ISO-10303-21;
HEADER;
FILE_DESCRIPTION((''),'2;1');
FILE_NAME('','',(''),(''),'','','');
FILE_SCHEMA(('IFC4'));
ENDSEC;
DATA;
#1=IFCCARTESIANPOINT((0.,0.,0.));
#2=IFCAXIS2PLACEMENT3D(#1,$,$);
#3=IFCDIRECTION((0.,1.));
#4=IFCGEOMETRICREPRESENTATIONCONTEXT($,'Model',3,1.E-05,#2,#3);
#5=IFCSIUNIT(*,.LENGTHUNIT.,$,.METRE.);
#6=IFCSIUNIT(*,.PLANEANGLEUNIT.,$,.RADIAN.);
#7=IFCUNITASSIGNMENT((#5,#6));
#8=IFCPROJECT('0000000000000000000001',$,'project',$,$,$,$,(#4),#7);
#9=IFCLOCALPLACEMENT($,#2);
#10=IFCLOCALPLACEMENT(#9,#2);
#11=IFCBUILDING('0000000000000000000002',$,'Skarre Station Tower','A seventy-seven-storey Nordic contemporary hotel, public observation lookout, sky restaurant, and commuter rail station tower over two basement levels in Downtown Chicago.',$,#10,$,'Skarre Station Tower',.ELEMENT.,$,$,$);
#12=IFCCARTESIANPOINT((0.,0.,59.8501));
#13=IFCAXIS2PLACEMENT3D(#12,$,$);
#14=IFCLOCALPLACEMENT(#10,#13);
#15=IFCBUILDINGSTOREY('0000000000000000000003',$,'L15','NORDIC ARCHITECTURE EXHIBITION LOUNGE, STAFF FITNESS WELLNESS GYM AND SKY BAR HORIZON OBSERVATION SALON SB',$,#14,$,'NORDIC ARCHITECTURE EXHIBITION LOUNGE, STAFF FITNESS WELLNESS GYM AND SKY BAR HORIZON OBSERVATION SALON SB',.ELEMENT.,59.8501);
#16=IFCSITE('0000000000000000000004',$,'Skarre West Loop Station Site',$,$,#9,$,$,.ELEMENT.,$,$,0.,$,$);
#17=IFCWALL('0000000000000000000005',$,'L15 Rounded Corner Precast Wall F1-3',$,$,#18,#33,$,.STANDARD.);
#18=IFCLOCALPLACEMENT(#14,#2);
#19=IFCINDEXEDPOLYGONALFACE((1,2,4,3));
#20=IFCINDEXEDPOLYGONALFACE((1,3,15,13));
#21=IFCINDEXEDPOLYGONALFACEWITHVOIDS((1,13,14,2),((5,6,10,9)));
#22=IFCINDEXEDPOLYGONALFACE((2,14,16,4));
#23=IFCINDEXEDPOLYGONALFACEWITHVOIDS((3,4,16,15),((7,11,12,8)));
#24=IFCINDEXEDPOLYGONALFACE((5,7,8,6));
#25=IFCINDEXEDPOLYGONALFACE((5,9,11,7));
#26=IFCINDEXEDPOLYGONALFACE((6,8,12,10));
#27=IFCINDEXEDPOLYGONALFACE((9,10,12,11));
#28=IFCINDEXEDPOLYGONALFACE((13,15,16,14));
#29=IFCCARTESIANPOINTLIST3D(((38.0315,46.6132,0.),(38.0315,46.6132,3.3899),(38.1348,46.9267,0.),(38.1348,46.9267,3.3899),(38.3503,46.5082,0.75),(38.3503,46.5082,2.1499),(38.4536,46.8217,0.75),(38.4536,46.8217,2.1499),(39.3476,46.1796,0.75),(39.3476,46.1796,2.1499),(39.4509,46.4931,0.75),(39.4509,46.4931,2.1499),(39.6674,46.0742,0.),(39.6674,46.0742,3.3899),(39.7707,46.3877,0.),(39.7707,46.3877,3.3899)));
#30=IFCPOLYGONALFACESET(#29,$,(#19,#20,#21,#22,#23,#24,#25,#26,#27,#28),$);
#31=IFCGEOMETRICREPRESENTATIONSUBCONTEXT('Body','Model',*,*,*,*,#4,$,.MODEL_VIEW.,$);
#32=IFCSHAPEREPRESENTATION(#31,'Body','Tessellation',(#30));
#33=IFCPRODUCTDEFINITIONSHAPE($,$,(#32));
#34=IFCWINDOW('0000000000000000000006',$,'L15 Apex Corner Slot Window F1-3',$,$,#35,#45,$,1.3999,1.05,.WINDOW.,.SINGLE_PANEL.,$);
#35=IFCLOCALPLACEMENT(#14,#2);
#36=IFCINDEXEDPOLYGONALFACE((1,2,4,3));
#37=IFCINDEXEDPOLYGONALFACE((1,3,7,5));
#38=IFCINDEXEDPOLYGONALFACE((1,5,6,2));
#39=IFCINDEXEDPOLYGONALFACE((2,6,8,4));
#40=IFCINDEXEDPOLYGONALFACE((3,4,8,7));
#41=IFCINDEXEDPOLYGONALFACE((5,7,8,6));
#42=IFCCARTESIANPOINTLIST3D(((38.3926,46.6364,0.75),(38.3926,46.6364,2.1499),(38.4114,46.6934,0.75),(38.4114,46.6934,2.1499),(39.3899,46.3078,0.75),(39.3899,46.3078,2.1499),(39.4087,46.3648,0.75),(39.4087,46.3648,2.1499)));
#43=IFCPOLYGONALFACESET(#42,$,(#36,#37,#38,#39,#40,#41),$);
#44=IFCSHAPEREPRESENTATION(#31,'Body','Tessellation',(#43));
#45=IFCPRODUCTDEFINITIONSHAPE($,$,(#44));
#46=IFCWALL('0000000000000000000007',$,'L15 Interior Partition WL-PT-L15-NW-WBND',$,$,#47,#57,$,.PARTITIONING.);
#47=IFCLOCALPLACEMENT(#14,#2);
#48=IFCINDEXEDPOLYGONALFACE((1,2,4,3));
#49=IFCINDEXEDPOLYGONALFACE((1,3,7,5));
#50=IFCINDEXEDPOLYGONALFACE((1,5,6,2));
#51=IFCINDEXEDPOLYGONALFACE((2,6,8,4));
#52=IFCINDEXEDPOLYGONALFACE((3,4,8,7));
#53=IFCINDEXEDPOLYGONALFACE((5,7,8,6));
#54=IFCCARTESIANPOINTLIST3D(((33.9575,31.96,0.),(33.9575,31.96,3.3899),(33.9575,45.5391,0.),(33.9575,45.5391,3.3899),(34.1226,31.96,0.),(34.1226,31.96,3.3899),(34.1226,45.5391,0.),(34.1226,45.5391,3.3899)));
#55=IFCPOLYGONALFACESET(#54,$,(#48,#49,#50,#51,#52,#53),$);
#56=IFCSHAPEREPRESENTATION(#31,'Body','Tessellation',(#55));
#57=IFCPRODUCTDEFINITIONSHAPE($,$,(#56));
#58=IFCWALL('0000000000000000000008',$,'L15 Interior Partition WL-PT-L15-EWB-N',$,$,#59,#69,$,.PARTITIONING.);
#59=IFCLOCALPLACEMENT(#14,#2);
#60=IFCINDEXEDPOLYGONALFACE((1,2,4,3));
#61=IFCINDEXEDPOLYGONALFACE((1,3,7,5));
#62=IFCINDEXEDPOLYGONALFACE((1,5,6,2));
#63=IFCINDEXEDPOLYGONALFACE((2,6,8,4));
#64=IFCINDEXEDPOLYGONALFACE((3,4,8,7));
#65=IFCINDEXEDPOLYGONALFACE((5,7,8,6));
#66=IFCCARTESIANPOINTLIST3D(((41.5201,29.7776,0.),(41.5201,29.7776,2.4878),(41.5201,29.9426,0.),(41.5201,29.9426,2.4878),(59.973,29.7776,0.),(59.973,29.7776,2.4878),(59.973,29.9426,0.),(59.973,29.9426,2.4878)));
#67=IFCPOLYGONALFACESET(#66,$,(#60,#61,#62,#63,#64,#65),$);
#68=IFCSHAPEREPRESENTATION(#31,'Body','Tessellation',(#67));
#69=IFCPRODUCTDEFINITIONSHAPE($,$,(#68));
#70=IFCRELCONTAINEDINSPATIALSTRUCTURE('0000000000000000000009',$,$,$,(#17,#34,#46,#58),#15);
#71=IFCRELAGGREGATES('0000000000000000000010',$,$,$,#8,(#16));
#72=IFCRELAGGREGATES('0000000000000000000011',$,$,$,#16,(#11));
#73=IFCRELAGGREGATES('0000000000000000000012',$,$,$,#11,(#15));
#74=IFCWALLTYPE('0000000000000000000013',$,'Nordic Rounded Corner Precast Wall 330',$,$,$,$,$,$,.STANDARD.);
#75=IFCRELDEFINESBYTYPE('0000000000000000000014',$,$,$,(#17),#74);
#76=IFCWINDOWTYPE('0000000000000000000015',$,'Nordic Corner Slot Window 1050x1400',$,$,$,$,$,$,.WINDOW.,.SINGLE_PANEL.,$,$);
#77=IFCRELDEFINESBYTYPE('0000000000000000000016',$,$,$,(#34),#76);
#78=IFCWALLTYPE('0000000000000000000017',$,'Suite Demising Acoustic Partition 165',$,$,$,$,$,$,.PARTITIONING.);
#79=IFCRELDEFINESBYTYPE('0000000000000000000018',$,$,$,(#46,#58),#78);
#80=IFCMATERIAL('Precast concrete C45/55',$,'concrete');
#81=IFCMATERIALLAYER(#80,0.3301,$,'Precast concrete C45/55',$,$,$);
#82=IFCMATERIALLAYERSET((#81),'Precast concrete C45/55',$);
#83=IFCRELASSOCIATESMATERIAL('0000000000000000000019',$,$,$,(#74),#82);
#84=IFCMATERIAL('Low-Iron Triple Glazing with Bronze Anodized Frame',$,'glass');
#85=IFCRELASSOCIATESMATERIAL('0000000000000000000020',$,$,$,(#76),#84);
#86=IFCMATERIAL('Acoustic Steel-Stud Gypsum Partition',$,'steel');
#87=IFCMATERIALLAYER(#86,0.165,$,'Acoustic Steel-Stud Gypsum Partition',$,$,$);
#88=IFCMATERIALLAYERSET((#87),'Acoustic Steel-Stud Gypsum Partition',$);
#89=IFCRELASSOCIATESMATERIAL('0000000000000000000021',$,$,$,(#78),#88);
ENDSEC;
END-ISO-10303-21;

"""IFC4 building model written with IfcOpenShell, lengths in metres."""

from ifc_helpers import new_model, si_unit, direction, frame, frame_2d, origin, place, context, subcontext, project, spatial, rectangle, extrude, material, layer, layer_set, type_object, element, fill, save


model = new_model("IFC4")

# Units and contexts
model_context = context("Model", 3, precision=1e-05, world=origin(), true_north=direction((0.0, 1.0)))
body_context = subcontext(model_context, "Body", "Model", "MODEL_VIEW")
ifc_project = project(units=[si_unit("LENGTHUNIT", "METRE"), si_unit("PLANEANGLEUNIT", "RADIAN")], contexts=[model_context])

# Site, building, storey
site_placement = place(None, origin())
site = spatial("IfcSite", under=ifc_project, at=site_placement, Name="Skarre West Loop Station Site", CompositionType="ELEMENT", RefElevation=0.0)
building_placement = place(site_placement, origin())
building = spatial("IfcBuilding", under=site, at=building_placement, Name="Skarre Station Tower", Description="A seventy-seven-storey Nordic contemporary hotel, public observation lookout, sky restaurant, and commuter rail station tower over two basement levels in Downtown Chicago.", LongName="Skarre Station Tower", CompositionType="ELEMENT")
storey_placement = place(building_placement, frame((0.0, 0.0, 59.8501)))
storey = spatial("IfcBuildingStorey", under=building, at=storey_placement, Name="L15", Description="NORDIC ARCHITECTURE EXHIBITION LOUNGE, STAFF FITNESS WELLNESS GYM AND SKY BAR HORIZON OBSERVATION SALON SB", LongName="NORDIC ARCHITECTURE EXHIBITION LOUNGE, STAFF FITNESS WELLNESS GYM AND SKY BAR HORIZON OBSERVATION SALON SB", CompositionType="ELEMENT", Elevation=59.8501)

# Shared definitions
ifc_material_1 = material(Name="Acoustic Steel-Stud Gypsum Partition", Category="steel")

# Shared definitions
ifc_material_2 = material(Name="Precast concrete C45/55", Category="concrete")
ifc_material_3 = material(Name="Low-Iron Triple Glazing with Bronze Anodized Frame", Category="glass")

# Shared definitions
ifc_layer_1 = layer(ifc_material_2, 0.3301, Name="Precast concrete C45/55")
ifc_layer_set_1 = layer_set([ifc_layer_1], Name="Precast concrete C45/55")
wall_type_1 = type_object("IfcWallType", Name="Nordic Rounded Corner Precast Wall 330", PredefinedType="STANDARD", material=ifc_layer_set_1)

# Wall, opening, window
window_type_1 = type_object("IfcWindowType", Name="Nordic Corner Slot Window 1050x1400", PartitioningType="SINGLE_PANEL", PredefinedType="WINDOW", material=ifc_material_3)
wall_1_placement = place(storey_placement, frame((38.083, 46.77, 0.0), z_axis=(0.0, 0.0, 1.0), x_axis=(0.949769, -0.312952, 0.0)))
wall_1 = element("IfcWall", 1, at=wall_1_placement, inside=storey, type_object=wall_type_1, Name="L15 Rounded Corner Precast Wall F1-3", PredefinedType="STANDARD", context=body_context, shape_type="SweptSolid", body=[
    extrude(rectangle(XDim=1.7224, YDim=0.3301, at=frame_2d((0.8613, 0.0))), origin(), (0.0, 0.0, 1.0), 3.3899),
])
opening_1_placement = place(wall_1_placement, frame((0.3359, 0.0, 0.75)))
opening_1 = element("IfcOpeningElement", 2, at=opening_1_placement, cuts=wall_1, PredefinedType="OPENING", context=body_context, shape_type="SweptSolid", body=[
    extrude(rectangle(XDim=1.05, YDim=1.3999, at=frame_2d((0.5249, 0.7))), frame((0.0, 0.175, 0.0), z_axis=(0.0, -1.0, 0.0), x_axis=(1.0, 0.0, 0.0)), (0.0, 0.0, 1.0), 0.3501),
])
window_1_placement = place(opening_1_placement, origin())
window_1 = element("IfcWindow", 3, at=window_1_placement, inside=storey, type_object=window_type_1, Name="L15 Apex Corner Slot Window F1-3", OverallHeight=1.3999, OverallWidth=1.05, PartitioningType="SINGLE_PANEL", PredefinedType="WINDOW", context=body_context, shape_type="SweptSolid", body=[
    extrude(rectangle(XDim=1.05, YDim=1.3999, at=frame_2d((0.5249, 0.7))), frame((0.0, 0.03, 0.0), z_axis=(0.0, -1.0, 0.0), x_axis=(1.0, 0.0, 0.0)), (0.0, 0.0, 1.0), 0.0601),
])
fill(opening_1, window_1)

# Walls
ifc_layer_2 = layer(ifc_material_1, 0.165, Name="Acoustic Steel-Stud Gypsum Partition")
ifc_layer_set_2 = layer_set([ifc_layer_2], Name="Acoustic Steel-Stud Gypsum Partition")
wall_type_2 = type_object("IfcWallType", Name="Suite Demising Acoustic Partition 165", PredefinedType="PARTITIONING", material=ifc_layer_set_2)
wall_2_placement = place(storey_placement, frame((34.04, 31.96, 0.0), z_axis=(0.0, 0.0, 1.0), x_axis=(0.0, 1.0, 0.0)))
element("IfcWall", 4, at=wall_2_placement, inside=storey, type_object=wall_type_2, Name="L15 Interior Partition WL-PT-L15-NW-WBND", PredefinedType="PARTITIONING", context=body_context, shape_type="SweptSolid", body=[
    extrude(rectangle(XDim=13.5791, YDim=0.165, at=frame_2d((6.7896, 0.0))), origin(), (0.0, 0.0, 1.0), 3.3899),
])
wall_3_placement = place(storey_placement, frame((41.52, 29.8601, 0.0), z_axis=(0.0, 0.0, 1.0), x_axis=(1.0, 0.0, 0.0)))
element("IfcWall", 5, at=wall_3_placement, inside=storey, type_object=wall_type_2, Name="L15 Interior Partition WL-PT-L15-EWB-N", PredefinedType="PARTITIONING", context=body_context, shape_type="SweptSolid", body=[
    extrude(rectangle(XDim=18.4529, YDim=0.165, at=frame_2d((9.2266, 0.0))), origin(), (0.0, 0.0, 1.0), 2.4878),
])

save(model, "model.ifc")
